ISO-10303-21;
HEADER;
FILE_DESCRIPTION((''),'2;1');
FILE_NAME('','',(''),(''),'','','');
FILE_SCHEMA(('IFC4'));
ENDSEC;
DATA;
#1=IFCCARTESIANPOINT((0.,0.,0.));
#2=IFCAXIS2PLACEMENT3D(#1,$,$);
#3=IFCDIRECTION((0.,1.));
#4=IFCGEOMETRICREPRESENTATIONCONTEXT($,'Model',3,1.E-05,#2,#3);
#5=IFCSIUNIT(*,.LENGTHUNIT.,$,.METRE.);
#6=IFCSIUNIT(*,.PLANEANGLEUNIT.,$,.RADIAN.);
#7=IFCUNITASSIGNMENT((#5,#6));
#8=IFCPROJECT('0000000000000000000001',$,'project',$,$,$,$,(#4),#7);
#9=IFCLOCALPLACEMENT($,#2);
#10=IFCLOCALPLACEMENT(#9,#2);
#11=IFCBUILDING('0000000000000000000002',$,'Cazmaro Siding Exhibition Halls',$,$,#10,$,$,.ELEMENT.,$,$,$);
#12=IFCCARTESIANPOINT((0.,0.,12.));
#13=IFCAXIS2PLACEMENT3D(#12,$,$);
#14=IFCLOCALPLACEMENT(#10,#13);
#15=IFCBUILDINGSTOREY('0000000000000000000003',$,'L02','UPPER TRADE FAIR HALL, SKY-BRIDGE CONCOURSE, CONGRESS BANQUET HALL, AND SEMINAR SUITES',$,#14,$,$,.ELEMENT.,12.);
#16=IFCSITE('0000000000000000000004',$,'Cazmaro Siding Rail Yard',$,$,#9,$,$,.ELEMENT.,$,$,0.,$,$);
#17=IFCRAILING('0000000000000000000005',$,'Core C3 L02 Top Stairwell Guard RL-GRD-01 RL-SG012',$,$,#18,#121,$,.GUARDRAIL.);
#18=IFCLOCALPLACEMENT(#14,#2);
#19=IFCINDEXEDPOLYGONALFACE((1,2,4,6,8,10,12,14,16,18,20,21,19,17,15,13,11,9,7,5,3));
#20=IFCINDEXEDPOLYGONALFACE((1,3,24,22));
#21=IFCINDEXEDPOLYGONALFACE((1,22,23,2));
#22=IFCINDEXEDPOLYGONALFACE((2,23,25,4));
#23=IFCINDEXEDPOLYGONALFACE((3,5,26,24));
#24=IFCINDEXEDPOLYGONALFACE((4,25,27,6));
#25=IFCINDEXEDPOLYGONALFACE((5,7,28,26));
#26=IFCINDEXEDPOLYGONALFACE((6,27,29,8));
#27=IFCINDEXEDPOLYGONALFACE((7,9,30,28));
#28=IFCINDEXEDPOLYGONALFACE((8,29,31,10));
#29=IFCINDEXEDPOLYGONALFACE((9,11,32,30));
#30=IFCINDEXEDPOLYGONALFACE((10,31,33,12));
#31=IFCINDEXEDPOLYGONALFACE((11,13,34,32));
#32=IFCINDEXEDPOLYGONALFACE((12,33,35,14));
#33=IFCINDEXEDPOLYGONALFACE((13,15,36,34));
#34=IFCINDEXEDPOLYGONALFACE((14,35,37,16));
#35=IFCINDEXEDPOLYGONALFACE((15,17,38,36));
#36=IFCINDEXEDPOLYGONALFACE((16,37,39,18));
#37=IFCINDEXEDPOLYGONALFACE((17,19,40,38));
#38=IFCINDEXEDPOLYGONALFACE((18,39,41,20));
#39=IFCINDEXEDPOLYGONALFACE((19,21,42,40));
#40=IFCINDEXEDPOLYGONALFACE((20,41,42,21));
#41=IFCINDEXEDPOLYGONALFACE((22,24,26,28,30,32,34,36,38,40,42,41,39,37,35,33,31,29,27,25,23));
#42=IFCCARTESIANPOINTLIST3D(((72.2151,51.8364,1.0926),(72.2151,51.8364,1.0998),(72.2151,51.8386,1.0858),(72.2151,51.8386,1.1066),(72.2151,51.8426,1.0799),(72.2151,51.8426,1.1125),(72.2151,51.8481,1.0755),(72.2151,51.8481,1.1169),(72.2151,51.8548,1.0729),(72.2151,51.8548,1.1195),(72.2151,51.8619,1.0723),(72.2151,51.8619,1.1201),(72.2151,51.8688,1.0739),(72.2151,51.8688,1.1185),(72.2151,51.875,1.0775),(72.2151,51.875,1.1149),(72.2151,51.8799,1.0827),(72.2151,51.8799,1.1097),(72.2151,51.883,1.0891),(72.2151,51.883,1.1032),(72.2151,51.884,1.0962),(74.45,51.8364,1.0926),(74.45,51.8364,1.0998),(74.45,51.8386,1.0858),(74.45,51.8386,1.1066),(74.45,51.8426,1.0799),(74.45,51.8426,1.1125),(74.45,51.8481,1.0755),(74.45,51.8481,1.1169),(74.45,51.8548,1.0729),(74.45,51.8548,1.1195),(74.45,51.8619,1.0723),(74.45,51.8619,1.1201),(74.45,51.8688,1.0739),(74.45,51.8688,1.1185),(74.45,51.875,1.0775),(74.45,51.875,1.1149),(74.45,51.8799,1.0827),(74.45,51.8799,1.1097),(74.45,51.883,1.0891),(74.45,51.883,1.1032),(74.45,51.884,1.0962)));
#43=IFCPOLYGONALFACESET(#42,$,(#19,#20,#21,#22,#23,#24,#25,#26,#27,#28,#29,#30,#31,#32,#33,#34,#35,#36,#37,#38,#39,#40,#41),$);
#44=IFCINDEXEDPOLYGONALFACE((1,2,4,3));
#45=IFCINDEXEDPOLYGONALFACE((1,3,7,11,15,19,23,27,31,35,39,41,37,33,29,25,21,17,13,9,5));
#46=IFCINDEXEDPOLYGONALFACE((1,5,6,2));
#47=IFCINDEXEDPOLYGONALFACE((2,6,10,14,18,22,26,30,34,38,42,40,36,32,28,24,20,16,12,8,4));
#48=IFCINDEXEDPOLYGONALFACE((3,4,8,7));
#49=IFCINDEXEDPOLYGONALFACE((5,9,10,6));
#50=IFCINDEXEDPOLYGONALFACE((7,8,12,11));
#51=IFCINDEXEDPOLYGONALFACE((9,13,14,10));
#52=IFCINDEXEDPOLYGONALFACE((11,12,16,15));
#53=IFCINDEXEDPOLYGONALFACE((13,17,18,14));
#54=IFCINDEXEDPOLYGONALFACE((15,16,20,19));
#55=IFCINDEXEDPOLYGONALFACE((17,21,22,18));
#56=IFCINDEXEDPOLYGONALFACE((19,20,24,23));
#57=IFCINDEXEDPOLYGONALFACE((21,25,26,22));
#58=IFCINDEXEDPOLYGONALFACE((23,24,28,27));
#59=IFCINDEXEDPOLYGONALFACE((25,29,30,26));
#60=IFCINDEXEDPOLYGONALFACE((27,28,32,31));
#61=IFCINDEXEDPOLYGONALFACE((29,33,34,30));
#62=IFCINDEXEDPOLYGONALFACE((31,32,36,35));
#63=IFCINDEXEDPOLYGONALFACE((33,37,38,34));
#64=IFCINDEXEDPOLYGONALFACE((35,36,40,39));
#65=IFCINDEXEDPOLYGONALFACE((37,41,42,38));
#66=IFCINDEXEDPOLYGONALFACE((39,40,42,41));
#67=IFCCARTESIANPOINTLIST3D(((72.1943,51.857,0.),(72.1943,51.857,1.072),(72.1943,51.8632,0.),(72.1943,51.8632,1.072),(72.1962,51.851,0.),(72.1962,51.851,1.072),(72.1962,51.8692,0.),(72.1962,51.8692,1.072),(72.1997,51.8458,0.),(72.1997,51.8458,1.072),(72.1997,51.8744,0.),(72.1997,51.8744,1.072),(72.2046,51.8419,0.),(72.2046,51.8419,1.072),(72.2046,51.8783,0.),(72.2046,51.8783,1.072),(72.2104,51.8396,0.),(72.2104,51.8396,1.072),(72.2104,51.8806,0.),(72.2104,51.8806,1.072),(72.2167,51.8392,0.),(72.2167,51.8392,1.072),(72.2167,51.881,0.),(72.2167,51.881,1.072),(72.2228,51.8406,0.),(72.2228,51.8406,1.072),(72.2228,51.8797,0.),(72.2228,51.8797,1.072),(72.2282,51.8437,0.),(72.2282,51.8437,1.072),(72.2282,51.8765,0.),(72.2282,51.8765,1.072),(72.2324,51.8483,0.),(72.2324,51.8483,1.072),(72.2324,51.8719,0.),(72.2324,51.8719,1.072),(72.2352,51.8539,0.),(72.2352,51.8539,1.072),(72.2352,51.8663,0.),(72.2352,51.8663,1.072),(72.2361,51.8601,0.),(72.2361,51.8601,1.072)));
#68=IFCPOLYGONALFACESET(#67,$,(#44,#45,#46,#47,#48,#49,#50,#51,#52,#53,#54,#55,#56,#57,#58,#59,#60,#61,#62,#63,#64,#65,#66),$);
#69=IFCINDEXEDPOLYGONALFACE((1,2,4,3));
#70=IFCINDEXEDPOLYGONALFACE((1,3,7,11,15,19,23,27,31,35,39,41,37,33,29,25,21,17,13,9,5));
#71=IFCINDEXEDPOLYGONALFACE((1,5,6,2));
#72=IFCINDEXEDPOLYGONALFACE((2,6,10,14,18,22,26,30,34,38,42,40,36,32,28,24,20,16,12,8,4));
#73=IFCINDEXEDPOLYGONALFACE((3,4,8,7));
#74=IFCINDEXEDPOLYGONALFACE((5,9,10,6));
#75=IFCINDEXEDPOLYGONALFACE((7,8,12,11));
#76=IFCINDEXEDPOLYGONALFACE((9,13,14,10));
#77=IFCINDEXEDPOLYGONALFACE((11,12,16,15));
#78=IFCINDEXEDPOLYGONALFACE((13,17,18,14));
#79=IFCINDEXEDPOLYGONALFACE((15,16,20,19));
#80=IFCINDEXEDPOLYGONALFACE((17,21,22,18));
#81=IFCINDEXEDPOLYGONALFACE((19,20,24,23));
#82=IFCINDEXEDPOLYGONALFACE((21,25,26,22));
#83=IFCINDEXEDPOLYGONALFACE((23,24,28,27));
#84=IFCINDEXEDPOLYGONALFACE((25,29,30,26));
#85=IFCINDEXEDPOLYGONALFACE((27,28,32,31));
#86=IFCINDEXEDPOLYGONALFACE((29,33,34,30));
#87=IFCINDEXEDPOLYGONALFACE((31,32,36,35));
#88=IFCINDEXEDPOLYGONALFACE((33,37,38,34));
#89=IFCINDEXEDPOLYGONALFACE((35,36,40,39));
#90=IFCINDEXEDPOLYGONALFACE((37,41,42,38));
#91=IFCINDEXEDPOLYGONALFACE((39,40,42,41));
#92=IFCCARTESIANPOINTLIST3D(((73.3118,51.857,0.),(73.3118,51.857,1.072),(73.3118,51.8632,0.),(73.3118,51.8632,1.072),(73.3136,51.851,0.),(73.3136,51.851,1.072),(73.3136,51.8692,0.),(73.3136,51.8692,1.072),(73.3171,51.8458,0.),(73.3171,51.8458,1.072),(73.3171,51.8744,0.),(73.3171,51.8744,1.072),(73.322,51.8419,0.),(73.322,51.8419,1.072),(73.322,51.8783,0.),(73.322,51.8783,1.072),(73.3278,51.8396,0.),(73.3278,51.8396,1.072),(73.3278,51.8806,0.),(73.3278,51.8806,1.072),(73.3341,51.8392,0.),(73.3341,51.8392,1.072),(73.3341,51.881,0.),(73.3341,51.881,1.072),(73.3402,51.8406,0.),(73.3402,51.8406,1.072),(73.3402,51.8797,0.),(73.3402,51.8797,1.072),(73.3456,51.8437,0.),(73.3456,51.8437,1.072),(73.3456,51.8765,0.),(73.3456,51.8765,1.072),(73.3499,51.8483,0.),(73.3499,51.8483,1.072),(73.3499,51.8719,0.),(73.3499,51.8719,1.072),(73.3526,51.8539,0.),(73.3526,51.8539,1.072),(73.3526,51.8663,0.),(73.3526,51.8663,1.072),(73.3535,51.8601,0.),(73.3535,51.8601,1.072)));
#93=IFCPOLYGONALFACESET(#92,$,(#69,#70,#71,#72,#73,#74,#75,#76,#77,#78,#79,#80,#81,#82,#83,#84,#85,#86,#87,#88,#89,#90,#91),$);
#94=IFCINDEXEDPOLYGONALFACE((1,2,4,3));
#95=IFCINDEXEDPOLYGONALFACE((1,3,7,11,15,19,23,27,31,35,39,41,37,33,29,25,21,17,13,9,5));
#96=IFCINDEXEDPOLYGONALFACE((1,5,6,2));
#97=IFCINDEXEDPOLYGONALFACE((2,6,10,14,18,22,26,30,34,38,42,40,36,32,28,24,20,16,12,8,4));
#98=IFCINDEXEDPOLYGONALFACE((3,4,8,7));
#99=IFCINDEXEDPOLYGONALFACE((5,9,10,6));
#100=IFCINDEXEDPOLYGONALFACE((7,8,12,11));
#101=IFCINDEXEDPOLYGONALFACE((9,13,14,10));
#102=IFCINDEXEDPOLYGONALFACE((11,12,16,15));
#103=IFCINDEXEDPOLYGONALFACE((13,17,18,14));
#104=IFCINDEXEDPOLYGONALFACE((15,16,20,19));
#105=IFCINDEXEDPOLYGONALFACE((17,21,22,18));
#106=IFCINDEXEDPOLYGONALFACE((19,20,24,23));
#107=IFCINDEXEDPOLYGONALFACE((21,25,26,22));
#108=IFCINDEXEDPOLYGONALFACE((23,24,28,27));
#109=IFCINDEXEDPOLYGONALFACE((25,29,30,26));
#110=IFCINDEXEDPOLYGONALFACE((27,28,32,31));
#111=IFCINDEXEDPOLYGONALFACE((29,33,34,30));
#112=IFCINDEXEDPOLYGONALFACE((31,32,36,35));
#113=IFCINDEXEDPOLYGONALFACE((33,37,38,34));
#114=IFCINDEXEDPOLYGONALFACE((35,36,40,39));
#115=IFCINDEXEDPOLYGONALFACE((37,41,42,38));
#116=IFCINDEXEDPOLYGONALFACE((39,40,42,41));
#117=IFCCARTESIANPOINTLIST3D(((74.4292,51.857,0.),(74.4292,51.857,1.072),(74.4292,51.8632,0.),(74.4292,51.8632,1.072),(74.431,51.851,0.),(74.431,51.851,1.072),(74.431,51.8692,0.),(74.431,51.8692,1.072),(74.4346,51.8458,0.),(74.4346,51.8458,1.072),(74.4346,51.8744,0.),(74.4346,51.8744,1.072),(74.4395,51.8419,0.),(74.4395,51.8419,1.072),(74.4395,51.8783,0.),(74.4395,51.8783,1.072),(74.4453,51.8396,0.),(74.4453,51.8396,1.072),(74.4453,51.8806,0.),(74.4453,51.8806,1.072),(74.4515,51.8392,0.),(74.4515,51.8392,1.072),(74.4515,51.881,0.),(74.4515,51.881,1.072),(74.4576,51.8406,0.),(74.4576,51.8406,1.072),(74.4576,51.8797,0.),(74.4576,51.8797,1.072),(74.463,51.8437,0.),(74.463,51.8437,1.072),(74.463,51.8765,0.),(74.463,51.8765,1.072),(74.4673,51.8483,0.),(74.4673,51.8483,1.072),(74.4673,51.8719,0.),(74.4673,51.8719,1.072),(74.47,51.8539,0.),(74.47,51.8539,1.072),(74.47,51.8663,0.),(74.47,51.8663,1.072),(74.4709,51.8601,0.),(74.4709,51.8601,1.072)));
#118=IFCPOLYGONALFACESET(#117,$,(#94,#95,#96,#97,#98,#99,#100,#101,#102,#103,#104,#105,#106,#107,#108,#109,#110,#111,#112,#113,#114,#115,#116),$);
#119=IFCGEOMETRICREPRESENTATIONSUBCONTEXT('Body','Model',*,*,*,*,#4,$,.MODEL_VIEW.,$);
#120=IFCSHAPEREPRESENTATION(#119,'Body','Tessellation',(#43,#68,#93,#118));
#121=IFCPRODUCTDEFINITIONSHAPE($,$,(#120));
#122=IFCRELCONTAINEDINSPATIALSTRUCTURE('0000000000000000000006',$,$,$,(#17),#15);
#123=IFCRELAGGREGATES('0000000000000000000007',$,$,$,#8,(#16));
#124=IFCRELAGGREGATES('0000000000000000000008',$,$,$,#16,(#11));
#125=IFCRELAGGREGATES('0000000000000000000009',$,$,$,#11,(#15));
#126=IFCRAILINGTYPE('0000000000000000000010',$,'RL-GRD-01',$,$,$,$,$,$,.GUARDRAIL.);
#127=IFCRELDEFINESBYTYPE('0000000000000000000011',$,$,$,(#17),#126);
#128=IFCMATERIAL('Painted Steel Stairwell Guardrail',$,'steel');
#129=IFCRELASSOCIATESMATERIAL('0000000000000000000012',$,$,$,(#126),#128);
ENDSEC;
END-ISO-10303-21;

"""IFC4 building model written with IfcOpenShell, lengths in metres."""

from ifc_helpers import new_model, si_unit, direction, frame, origin, origin_2d, place, context, subcontext, project, spatial, circle, extrude, material, type_object, element, save


model = new_model("IFC4")

# Units and contexts
model_context = context("Model", 3, precision=1e-05, world=origin(), true_north=direction((0.0, 1.0)))
body_context = subcontext(model_context, "Body", "Model", "MODEL_VIEW")
ifc_project = project(units=[si_unit("LENGTHUNIT", "METRE"), si_unit("PLANEANGLEUNIT", "RADIAN")], contexts=[model_context])

# Site, building, storey
site_placement = place(None, origin())
site = spatial("IfcSite", under=ifc_project, at=site_placement, Name="Cazmaro Siding Rail Yard", CompositionType="ELEMENT", RefElevation=0.0)
building_placement = place(site_placement, origin())
building = spatial("IfcBuilding", under=site, at=building_placement, Name="Cazmaro Siding Exhibition Halls", CompositionType="ELEMENT")
storey_placement = place(building_placement, frame((0.0, 0.0, 12.0)))
storey = spatial("IfcBuildingStorey", under=building, at=storey_placement, Name="L02", Description="UPPER TRADE FAIR HALL, SKY-BRIDGE CONCOURSE, CONGRESS BANQUET HALL, AND SEMINAR SUITES", CompositionType="ELEMENT", Elevation=12.0)

# Railing
ifc_material_1 = material(Name="Painted Steel Stairwell Guardrail", Category="steel")
railing_type = type_object("IfcRailingType", Name="RL-GRD-01", PredefinedType="GUARDRAIL", material=ifc_material_1)
railing_placement = place(storey_placement, frame((72.2151, 51.8601, 0.0)))
element("IfcRailing", 1, at=railing_placement, inside=storey, type_object=railing_type, Name="Core C3 L02 Top Stairwell Guard RL-GRD-01 RL-SG012", PredefinedType="GUARDRAIL", context=body_context, shape_type="SweptSolid", body=[
    extrude(circle(Radius=0.0239, at=origin_2d()), frame((0.0, 0.0, 1.0962), z_axis=(1.0, 0.0, 0.0), x_axis=(0.0, 1.0, 0.0)), (0.0, 0.0, 1.0), 2.2349),
    extrude(circle(Radius=0.021, at=origin_2d()), origin(), (0.0, 0.0, 1.0), 1.072),
    extrude(circle(Radius=0.021, at=origin_2d()), frame((1.1174, 0.0, 0.0)), (0.0, 0.0, 1.0), 1.072),
    extrude(circle(Radius=0.021, at=origin_2d()), frame((2.2349, 0.0, 0.0)), (0.0, 0.0, 1.0), 1.072),
])

save(model, "model.ifc")
